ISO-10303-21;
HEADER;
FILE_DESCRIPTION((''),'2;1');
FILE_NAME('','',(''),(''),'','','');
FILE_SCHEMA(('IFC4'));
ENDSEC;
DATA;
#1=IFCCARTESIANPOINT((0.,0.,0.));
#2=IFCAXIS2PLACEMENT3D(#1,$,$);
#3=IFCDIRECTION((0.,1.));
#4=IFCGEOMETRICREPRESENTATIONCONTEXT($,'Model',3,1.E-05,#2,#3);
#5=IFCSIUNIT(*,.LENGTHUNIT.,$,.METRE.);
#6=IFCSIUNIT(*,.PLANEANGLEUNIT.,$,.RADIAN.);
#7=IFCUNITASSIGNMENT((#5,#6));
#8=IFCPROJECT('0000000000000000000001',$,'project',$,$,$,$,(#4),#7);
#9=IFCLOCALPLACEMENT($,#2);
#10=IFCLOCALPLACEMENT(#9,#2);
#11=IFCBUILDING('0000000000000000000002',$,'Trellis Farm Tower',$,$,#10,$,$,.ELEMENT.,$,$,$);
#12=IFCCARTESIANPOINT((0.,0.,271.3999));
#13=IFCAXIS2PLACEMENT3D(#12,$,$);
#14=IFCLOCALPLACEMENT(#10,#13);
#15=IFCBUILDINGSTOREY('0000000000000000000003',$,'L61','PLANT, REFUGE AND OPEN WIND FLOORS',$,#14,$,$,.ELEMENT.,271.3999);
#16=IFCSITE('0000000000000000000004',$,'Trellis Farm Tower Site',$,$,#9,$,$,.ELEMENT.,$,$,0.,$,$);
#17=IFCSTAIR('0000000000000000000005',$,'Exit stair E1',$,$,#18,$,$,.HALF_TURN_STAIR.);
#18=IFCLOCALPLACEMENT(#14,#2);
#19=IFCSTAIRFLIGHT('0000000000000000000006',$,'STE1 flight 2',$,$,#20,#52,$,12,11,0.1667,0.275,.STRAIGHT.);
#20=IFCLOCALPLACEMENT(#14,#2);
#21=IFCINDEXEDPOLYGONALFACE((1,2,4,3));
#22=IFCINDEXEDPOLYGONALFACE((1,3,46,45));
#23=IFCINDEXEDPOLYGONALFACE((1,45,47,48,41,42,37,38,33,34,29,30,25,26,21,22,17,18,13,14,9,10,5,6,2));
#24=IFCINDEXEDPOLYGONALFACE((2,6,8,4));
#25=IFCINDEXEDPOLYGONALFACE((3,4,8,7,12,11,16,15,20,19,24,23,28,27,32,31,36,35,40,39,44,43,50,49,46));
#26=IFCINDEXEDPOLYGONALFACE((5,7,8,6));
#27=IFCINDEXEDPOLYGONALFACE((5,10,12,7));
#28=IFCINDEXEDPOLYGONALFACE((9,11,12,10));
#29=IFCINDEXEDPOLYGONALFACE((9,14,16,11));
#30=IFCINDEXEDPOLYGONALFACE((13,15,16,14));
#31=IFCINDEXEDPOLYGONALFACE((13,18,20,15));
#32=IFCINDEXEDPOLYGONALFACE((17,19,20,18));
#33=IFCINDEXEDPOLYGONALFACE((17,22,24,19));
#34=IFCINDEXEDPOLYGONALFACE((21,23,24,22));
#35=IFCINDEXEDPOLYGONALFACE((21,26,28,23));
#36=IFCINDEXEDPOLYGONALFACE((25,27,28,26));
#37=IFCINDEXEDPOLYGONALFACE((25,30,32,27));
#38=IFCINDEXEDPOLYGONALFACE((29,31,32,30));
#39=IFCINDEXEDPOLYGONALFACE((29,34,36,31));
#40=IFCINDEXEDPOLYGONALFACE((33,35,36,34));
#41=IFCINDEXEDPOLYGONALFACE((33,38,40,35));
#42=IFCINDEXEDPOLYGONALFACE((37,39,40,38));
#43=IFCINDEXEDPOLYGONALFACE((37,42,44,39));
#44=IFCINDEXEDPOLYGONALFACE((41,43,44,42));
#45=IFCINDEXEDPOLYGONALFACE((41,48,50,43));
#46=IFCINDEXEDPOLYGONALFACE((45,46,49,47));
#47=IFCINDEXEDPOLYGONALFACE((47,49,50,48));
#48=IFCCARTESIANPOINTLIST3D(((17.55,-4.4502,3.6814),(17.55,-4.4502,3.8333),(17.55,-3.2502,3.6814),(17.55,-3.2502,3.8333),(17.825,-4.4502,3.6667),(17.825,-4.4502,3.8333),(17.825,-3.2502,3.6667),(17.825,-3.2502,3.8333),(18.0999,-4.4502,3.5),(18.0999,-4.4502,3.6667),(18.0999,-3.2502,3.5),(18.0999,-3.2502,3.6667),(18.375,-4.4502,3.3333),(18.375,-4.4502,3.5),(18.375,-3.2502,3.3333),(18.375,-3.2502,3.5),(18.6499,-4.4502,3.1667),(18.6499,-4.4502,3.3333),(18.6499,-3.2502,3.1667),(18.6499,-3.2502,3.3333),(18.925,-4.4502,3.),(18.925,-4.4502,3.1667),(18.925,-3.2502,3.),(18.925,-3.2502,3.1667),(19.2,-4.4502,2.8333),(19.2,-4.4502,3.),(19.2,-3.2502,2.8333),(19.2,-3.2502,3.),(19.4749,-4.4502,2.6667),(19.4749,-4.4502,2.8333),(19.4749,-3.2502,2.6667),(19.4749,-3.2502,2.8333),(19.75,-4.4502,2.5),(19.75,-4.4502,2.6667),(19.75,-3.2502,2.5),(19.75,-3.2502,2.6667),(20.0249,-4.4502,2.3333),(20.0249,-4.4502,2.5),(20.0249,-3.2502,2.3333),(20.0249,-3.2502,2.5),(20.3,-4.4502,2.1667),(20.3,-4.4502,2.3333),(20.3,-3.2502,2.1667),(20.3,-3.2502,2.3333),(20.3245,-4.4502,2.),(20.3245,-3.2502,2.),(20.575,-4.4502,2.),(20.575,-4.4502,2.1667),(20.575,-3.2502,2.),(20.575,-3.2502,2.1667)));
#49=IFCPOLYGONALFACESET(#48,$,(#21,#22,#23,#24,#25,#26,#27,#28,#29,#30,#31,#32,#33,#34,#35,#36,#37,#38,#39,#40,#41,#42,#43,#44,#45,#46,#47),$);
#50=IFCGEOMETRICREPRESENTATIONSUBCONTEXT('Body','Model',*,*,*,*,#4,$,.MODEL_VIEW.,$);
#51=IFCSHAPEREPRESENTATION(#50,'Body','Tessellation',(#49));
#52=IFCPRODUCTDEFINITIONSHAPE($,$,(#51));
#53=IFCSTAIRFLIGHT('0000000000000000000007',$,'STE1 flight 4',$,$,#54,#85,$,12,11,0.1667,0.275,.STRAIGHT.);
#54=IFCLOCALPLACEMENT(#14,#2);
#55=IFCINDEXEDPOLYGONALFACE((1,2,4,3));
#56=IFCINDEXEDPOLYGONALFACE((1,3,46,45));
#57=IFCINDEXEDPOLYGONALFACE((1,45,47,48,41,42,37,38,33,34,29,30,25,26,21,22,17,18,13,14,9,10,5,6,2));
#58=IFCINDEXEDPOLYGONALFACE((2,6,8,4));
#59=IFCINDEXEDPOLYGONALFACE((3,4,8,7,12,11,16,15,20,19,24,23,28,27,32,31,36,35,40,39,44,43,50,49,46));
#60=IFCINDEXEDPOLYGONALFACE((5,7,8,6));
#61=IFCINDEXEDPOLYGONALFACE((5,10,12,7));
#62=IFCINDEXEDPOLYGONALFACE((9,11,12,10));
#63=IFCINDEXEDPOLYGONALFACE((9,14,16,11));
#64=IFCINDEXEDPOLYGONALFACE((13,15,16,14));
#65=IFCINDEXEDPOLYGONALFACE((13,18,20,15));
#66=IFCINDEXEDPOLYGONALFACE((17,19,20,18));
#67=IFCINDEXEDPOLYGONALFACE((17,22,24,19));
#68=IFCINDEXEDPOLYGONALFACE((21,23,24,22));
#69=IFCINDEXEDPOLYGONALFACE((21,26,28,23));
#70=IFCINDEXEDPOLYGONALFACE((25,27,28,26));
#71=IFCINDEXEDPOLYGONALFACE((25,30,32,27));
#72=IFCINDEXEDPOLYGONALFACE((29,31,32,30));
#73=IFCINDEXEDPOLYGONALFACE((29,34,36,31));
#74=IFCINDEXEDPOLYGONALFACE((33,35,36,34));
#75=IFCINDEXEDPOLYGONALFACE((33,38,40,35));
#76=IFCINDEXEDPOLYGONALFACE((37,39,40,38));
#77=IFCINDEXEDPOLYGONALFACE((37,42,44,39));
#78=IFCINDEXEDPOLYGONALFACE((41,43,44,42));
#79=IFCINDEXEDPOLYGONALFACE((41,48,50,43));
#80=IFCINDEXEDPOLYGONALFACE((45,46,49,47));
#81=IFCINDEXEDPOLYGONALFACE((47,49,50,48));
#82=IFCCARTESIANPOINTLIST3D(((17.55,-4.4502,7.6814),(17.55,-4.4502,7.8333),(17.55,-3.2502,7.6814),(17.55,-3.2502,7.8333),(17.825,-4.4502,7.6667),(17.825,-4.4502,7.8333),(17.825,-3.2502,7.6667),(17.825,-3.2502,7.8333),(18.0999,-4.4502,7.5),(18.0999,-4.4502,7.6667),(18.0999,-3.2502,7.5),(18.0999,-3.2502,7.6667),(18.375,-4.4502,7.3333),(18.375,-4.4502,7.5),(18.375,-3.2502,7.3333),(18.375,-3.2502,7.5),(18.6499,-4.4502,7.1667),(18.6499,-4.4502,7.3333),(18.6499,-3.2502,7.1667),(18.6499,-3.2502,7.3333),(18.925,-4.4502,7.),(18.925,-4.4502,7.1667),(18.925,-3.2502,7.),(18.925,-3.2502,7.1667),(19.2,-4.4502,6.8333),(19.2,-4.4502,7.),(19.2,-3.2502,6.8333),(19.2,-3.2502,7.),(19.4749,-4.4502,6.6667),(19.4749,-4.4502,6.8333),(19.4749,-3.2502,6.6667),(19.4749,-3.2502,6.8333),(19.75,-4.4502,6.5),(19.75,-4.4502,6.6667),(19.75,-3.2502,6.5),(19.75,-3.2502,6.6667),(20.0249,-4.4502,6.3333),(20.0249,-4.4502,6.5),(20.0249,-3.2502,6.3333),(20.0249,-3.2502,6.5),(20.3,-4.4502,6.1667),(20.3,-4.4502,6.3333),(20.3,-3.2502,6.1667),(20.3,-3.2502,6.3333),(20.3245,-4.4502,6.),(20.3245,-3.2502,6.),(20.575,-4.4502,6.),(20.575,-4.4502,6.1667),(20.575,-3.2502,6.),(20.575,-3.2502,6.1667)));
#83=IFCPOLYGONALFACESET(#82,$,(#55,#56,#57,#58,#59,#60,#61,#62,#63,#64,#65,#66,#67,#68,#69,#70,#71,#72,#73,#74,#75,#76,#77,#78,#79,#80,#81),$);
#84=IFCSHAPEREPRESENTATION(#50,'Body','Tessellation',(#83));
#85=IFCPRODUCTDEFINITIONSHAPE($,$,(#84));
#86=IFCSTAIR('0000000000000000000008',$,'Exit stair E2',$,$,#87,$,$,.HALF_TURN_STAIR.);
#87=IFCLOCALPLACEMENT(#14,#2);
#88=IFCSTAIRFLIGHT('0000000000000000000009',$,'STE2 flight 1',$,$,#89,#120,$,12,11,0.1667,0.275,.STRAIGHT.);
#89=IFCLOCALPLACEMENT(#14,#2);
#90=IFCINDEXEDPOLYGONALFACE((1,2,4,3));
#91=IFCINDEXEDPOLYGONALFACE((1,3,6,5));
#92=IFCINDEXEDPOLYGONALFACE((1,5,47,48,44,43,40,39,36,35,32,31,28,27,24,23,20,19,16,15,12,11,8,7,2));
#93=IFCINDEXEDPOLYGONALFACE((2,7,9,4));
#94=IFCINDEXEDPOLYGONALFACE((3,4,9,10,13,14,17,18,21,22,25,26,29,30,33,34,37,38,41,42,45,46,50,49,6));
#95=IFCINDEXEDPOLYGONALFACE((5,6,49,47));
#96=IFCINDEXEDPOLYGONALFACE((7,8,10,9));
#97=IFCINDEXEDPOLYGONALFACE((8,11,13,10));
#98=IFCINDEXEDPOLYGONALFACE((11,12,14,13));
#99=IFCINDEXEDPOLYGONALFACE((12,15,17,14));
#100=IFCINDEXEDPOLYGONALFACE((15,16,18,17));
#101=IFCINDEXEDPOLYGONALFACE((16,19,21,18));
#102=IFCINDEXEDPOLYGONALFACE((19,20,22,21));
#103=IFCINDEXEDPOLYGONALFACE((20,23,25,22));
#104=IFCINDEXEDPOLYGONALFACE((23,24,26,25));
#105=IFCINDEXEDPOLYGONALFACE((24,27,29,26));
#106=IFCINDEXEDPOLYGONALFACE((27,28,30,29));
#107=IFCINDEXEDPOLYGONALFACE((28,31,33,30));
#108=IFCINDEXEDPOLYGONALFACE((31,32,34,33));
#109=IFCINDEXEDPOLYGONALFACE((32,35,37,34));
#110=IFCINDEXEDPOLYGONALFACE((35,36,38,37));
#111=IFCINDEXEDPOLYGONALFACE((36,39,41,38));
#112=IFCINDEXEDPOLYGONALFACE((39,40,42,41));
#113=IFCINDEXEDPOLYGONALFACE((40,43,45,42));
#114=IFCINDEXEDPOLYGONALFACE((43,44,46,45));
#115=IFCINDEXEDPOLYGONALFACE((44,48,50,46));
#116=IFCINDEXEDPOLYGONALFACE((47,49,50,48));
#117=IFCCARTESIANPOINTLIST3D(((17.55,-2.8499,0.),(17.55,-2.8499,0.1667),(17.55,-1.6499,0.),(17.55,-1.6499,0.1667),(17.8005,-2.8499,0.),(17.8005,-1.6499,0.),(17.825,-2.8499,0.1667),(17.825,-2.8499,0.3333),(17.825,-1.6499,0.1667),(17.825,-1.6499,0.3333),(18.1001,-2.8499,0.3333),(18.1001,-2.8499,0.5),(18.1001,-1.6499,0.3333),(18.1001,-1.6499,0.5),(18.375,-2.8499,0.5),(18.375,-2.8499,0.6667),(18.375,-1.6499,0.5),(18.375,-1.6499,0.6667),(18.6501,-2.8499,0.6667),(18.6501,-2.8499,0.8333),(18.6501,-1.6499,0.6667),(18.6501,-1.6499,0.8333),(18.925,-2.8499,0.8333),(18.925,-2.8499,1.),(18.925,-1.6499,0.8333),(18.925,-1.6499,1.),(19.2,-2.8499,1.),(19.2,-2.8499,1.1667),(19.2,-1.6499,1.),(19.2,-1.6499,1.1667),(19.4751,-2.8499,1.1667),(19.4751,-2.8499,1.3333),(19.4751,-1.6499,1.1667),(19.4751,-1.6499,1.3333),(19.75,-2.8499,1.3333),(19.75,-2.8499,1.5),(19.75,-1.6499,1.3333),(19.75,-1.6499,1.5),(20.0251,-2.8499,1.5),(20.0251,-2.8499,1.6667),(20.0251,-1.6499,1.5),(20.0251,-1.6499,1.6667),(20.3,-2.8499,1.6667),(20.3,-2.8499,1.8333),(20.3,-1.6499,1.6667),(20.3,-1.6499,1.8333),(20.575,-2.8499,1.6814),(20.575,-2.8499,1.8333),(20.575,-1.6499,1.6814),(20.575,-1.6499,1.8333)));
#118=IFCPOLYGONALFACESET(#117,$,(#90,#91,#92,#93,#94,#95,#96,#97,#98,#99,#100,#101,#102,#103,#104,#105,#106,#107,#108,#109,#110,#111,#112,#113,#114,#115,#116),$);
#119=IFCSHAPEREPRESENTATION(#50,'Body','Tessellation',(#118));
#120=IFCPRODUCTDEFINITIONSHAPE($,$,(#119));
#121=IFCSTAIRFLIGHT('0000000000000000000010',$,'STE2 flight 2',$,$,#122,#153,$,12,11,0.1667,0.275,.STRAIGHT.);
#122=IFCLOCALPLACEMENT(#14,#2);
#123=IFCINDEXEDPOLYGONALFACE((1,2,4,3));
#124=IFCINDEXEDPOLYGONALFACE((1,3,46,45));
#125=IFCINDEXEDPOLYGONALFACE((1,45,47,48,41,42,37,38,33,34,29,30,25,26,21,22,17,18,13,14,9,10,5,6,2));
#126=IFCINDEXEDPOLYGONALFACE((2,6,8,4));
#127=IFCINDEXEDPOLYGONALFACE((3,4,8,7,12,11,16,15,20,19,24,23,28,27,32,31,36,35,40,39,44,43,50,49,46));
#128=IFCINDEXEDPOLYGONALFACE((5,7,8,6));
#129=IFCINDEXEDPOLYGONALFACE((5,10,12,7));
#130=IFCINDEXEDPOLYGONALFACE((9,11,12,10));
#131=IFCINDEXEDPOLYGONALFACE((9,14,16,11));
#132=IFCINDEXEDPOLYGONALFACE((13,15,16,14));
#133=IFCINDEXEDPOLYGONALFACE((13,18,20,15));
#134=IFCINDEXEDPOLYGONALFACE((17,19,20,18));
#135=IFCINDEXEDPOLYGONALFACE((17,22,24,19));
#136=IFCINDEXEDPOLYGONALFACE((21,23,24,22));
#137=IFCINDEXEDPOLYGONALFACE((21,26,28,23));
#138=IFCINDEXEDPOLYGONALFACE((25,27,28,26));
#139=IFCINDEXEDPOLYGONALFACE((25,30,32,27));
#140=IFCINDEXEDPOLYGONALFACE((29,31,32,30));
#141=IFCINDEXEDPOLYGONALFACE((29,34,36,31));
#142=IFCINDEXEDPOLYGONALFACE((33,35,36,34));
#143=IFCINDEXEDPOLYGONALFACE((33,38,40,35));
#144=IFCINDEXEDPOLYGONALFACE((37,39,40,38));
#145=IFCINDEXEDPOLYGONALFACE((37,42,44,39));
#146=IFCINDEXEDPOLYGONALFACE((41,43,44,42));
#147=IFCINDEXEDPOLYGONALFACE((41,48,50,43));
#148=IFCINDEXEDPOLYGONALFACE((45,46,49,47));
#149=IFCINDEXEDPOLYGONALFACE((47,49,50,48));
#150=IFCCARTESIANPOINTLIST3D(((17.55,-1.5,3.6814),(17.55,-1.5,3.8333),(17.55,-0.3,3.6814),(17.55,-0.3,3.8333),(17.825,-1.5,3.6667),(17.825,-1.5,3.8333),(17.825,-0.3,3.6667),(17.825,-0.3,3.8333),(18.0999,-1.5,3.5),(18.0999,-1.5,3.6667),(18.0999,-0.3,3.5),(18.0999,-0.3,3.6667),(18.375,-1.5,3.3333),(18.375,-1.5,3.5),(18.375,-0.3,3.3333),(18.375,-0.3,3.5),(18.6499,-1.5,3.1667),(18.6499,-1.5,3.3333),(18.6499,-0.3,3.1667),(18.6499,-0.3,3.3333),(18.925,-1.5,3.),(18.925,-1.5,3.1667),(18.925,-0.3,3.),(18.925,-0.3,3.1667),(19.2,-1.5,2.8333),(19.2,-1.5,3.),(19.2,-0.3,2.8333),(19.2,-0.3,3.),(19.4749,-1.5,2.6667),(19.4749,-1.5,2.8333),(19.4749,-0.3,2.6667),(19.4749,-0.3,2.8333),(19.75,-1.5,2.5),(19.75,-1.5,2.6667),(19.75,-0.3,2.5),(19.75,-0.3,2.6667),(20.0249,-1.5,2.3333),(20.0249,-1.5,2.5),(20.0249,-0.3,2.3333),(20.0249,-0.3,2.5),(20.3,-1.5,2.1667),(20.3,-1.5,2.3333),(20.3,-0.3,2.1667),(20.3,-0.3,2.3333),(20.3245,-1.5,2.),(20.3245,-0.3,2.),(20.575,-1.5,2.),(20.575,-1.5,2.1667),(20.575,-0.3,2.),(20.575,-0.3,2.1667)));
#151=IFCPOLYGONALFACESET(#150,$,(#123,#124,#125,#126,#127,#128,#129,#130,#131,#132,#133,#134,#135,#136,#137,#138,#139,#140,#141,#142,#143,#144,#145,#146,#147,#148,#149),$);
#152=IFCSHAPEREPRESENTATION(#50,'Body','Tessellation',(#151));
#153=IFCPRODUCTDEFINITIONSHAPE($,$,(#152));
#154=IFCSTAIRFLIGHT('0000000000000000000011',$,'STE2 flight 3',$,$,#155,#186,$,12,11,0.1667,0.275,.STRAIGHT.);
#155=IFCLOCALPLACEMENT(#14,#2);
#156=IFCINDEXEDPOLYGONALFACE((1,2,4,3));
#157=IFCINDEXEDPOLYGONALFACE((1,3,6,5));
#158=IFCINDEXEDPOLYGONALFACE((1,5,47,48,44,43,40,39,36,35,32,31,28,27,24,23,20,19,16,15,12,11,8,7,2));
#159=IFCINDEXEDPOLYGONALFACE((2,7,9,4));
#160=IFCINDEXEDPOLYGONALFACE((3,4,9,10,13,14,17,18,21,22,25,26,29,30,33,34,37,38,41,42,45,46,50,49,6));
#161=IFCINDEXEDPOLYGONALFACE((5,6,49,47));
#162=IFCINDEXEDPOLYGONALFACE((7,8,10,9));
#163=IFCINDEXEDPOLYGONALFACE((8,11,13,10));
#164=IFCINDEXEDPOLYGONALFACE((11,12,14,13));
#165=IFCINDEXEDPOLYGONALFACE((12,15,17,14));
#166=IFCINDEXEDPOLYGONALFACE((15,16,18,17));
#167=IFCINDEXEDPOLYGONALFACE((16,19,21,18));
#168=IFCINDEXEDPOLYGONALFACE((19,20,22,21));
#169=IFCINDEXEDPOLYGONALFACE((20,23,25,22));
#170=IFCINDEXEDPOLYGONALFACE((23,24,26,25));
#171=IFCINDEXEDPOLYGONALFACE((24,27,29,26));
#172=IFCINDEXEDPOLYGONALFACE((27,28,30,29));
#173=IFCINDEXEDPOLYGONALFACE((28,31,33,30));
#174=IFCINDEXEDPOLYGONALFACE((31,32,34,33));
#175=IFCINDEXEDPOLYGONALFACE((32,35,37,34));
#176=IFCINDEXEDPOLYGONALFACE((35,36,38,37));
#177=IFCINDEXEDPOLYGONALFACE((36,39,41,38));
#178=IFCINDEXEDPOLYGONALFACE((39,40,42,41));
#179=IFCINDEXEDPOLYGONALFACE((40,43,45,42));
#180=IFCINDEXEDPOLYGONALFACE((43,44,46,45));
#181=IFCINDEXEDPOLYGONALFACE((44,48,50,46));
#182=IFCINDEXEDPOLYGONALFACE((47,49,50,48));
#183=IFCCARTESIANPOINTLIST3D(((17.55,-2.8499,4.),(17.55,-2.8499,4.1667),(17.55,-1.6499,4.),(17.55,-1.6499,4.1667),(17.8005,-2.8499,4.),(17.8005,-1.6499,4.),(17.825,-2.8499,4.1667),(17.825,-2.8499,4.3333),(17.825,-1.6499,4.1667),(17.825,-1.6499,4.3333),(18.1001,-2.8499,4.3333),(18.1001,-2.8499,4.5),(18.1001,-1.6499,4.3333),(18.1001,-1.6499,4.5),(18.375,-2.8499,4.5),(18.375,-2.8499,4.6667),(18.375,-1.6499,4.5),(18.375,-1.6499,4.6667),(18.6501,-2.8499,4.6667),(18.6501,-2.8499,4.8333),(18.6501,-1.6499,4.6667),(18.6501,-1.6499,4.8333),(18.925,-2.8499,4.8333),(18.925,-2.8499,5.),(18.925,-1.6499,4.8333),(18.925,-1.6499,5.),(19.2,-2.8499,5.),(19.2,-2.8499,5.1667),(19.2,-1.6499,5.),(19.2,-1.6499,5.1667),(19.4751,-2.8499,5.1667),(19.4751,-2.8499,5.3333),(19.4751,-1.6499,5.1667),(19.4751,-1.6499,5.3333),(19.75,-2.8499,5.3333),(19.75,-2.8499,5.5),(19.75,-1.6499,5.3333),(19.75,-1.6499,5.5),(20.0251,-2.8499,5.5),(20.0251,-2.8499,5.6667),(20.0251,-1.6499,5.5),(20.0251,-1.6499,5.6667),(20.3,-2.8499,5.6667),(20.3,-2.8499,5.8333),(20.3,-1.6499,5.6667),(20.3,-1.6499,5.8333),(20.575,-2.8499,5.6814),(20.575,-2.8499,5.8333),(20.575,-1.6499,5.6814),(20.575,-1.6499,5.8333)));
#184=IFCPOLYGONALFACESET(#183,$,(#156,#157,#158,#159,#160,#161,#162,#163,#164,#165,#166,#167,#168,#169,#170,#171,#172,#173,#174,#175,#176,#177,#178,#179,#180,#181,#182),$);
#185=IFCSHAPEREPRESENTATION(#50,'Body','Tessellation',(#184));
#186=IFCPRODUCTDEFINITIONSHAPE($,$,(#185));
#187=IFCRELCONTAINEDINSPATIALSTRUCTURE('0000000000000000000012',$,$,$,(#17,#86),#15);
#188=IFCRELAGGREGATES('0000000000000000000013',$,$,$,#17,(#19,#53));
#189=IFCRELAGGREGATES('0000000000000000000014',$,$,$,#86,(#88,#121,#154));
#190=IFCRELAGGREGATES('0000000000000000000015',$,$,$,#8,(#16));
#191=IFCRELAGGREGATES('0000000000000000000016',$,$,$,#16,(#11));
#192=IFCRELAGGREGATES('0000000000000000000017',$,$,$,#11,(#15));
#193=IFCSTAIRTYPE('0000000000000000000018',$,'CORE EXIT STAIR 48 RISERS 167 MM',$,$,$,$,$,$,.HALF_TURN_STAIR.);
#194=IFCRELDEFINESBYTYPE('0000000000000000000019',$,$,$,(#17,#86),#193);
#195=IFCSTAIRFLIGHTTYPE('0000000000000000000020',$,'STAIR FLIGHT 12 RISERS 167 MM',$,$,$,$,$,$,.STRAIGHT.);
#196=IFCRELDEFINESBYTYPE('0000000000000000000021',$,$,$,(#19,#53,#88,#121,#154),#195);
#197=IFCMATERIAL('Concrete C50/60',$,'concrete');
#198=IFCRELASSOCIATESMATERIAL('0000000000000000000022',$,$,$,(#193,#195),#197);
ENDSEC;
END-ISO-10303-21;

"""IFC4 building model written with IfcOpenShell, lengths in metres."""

from ifc_helpers import new_model, si_unit, direction, frame, origin, place, context, subcontext, project, spatial, polyline, outline, extrude, source, transform, mapped, material, type_object, element, aggregate, save


model = new_model("IFC4")

# Units and contexts
model_context = context("Model", 3, precision=1e-05, world=origin(), true_north=direction((0.0, 1.0)))
body_context = subcontext(model_context, "Body", "Model", "MODEL_VIEW")
ifc_project = project(units=[si_unit("LENGTHUNIT", "METRE"), si_unit("PLANEANGLEUNIT", "RADIAN")], contexts=[model_context])

# Site, building, storey
site_placement = place(None, origin())
site = spatial("IfcSite", under=ifc_project, at=site_placement, Name="Trellis Farm Tower Site", CompositionType="ELEMENT", RefElevation=0.0)
building_placement = place(site_placement, origin())
building = spatial("IfcBuilding", under=site, at=building_placement, Name="Trellis Farm Tower", CompositionType="ELEMENT")
storey_placement = place(building_placement, frame((0.0, 0.0, 271.3999)))
storey = spatial("IfcBuildingStorey", under=building, at=storey_placement, Name="L61", Description="PLANT, REFUGE AND OPEN WIND FLOORS", CompositionType="ELEMENT", Elevation=271.3999)

# Stairs, stair flights
ifc_material_1 = material(Name="Concrete C50/60", Category="concrete")
stair_type = type_object("IfcStairType", Name="CORE EXIT STAIR 48 RISERS 167 MM", PredefinedType="HALF_TURN_STAIR", material=ifc_material_1)
placement = place(storey_placement, origin())
stair_1 = element("IfcStair", 1, at=placement, inside=storey, type_object=stair_type, Name="Exit stair E1", PredefinedType="HALF_TURN_STAIR")
stair_flight_type = type_object("IfcStairFlightType", Name="STAIR FLIGHT 12 RISERS 167 MM", PredefinedType="STRAIGHT", material=ifc_material_1)
shared_shape_1 = source(origin(), body_context, "Body", "SweptSolid", [
    extrude(outline(polyline([(0.0, 0.0), (0.0, 0.1667), (0.2749, 0.1667), (0.2749, 0.3333), (0.55, 0.3333), (0.55, 0.5), (0.825, 0.5), (0.825, 0.6667), (1.1001, 0.6667), (1.1001, 0.8333), (1.375, 0.8333), (1.375, 1.0), (1.6499, 1.0), (1.6499, 1.1667), (1.925, 1.1667), (1.925, 1.3333), (2.2, 1.3333), (2.2, 1.5), (2.4751, 1.5), (2.4751, 1.6667), (2.75, 1.6667), (2.75, 1.8333), (3.0249, 1.8333), (3.0249, 2.0), (3.0249, 1.6814), (0.2505, 0.0), (0.0, 0.0)])), frame((0.0, 0.6001, 0.0), z_axis=(0.0, -1.0, 0.0), x_axis=(1.0, 0.0, 0.0)), (0.0, 0.0, 1.0), 1.2),
])
stair_flight_1_placement = place(storey_placement, frame((20.575, -3.8501, 2.0), z_axis=(0.0, 0.0, 1.0), x_axis=(-1.0, 0.0, 0.0)))
stair_flight_1 = element("IfcStairFlight", 2, at=stair_flight_1_placement, type_object=stair_flight_type, Name="STE1 flight 2", NumberOfRisers=12, NumberOfTreads=11, PredefinedType="STRAIGHT", RiserHeight=0.1667, TreadLength=0.275, context=body_context, shape_type="MappedRepresentation", body=[
    mapped(shared_shape_1, transform((0.0, 0.0, 0.0))),
])
stair_flight_2_placement = place(storey_placement, frame((20.575, -3.8501, 6.0), z_axis=(0.0, 0.0, 1.0), x_axis=(-1.0, 0.0, 0.0)))
stair_flight_2 = element("IfcStairFlight", 3, at=stair_flight_2_placement, type_object=stair_flight_type, Name="STE1 flight 4", NumberOfRisers=12, NumberOfTreads=11, PredefinedType="STRAIGHT", RiserHeight=0.1667, TreadLength=0.275, context=body_context, shape_type="MappedRepresentation", body=[
    mapped(shared_shape_1, transform((0.0, 0.0, 0.0))),
])
aggregate(stair_1, [stair_flight_1, stair_flight_2])
stair_2 = element("IfcStair", 4, at=placement, inside=storey, type_object=stair_type, Name="Exit stair E2", PredefinedType="HALF_TURN_STAIR")
stair_flight_3_placement = place(storey_placement, frame((17.55, -2.25, 0.0), z_axis=(0.0, 0.0, 1.0), x_axis=(1.0, 0.0, 0.0)))
stair_flight_3 = element("IfcStairFlight", 5, at=stair_flight_3_placement, type_object=stair_flight_type, Name="STE2 flight 1", NumberOfRisers=12, NumberOfTreads=11, PredefinedType="STRAIGHT", RiserHeight=0.1667, TreadLength=0.275, context=body_context, shape_type="MappedRepresentation", body=[
    mapped(shared_shape_1, transform((0.0, 0.0, 0.0))),
])
stair_flight_4_placement = place(storey_placement, frame((20.575, -0.8999, 2.0), z_axis=(0.0, 0.0, 1.0), x_axis=(-1.0, 0.0, 0.0)))
stair_flight_4 = element("IfcStairFlight", 6, at=stair_flight_4_placement, type_object=stair_flight_type, Name="STE2 flight 2", NumberOfRisers=12, NumberOfTreads=11, PredefinedType="STRAIGHT", RiserHeight=0.1667, TreadLength=0.275, context=body_context, shape_type="MappedRepresentation", body=[
    mapped(shared_shape_1, transform((0.0, 0.0, 0.0))),
])
stair_flight_5_placement = place(storey_placement, frame((17.55, -2.25, 4.0), z_axis=(0.0, 0.0, 1.0), x_axis=(1.0, 0.0, 0.0)))
stair_flight_5 = element("IfcStairFlight", 7, at=stair_flight_5_placement, type_object=stair_flight_type, Name="STE2 flight 3", NumberOfRisers=12, NumberOfTreads=11, PredefinedType="STRAIGHT", RiserHeight=0.1667, TreadLength=0.275, context=body_context, shape_type="MappedRepresentation", body=[
    mapped(shared_shape_1, transform((0.0, 0.0, 0.0))),
])
aggregate(stair_2, [stair_flight_3, stair_flight_4, stair_flight_5])

save(model, "model.ifc")
